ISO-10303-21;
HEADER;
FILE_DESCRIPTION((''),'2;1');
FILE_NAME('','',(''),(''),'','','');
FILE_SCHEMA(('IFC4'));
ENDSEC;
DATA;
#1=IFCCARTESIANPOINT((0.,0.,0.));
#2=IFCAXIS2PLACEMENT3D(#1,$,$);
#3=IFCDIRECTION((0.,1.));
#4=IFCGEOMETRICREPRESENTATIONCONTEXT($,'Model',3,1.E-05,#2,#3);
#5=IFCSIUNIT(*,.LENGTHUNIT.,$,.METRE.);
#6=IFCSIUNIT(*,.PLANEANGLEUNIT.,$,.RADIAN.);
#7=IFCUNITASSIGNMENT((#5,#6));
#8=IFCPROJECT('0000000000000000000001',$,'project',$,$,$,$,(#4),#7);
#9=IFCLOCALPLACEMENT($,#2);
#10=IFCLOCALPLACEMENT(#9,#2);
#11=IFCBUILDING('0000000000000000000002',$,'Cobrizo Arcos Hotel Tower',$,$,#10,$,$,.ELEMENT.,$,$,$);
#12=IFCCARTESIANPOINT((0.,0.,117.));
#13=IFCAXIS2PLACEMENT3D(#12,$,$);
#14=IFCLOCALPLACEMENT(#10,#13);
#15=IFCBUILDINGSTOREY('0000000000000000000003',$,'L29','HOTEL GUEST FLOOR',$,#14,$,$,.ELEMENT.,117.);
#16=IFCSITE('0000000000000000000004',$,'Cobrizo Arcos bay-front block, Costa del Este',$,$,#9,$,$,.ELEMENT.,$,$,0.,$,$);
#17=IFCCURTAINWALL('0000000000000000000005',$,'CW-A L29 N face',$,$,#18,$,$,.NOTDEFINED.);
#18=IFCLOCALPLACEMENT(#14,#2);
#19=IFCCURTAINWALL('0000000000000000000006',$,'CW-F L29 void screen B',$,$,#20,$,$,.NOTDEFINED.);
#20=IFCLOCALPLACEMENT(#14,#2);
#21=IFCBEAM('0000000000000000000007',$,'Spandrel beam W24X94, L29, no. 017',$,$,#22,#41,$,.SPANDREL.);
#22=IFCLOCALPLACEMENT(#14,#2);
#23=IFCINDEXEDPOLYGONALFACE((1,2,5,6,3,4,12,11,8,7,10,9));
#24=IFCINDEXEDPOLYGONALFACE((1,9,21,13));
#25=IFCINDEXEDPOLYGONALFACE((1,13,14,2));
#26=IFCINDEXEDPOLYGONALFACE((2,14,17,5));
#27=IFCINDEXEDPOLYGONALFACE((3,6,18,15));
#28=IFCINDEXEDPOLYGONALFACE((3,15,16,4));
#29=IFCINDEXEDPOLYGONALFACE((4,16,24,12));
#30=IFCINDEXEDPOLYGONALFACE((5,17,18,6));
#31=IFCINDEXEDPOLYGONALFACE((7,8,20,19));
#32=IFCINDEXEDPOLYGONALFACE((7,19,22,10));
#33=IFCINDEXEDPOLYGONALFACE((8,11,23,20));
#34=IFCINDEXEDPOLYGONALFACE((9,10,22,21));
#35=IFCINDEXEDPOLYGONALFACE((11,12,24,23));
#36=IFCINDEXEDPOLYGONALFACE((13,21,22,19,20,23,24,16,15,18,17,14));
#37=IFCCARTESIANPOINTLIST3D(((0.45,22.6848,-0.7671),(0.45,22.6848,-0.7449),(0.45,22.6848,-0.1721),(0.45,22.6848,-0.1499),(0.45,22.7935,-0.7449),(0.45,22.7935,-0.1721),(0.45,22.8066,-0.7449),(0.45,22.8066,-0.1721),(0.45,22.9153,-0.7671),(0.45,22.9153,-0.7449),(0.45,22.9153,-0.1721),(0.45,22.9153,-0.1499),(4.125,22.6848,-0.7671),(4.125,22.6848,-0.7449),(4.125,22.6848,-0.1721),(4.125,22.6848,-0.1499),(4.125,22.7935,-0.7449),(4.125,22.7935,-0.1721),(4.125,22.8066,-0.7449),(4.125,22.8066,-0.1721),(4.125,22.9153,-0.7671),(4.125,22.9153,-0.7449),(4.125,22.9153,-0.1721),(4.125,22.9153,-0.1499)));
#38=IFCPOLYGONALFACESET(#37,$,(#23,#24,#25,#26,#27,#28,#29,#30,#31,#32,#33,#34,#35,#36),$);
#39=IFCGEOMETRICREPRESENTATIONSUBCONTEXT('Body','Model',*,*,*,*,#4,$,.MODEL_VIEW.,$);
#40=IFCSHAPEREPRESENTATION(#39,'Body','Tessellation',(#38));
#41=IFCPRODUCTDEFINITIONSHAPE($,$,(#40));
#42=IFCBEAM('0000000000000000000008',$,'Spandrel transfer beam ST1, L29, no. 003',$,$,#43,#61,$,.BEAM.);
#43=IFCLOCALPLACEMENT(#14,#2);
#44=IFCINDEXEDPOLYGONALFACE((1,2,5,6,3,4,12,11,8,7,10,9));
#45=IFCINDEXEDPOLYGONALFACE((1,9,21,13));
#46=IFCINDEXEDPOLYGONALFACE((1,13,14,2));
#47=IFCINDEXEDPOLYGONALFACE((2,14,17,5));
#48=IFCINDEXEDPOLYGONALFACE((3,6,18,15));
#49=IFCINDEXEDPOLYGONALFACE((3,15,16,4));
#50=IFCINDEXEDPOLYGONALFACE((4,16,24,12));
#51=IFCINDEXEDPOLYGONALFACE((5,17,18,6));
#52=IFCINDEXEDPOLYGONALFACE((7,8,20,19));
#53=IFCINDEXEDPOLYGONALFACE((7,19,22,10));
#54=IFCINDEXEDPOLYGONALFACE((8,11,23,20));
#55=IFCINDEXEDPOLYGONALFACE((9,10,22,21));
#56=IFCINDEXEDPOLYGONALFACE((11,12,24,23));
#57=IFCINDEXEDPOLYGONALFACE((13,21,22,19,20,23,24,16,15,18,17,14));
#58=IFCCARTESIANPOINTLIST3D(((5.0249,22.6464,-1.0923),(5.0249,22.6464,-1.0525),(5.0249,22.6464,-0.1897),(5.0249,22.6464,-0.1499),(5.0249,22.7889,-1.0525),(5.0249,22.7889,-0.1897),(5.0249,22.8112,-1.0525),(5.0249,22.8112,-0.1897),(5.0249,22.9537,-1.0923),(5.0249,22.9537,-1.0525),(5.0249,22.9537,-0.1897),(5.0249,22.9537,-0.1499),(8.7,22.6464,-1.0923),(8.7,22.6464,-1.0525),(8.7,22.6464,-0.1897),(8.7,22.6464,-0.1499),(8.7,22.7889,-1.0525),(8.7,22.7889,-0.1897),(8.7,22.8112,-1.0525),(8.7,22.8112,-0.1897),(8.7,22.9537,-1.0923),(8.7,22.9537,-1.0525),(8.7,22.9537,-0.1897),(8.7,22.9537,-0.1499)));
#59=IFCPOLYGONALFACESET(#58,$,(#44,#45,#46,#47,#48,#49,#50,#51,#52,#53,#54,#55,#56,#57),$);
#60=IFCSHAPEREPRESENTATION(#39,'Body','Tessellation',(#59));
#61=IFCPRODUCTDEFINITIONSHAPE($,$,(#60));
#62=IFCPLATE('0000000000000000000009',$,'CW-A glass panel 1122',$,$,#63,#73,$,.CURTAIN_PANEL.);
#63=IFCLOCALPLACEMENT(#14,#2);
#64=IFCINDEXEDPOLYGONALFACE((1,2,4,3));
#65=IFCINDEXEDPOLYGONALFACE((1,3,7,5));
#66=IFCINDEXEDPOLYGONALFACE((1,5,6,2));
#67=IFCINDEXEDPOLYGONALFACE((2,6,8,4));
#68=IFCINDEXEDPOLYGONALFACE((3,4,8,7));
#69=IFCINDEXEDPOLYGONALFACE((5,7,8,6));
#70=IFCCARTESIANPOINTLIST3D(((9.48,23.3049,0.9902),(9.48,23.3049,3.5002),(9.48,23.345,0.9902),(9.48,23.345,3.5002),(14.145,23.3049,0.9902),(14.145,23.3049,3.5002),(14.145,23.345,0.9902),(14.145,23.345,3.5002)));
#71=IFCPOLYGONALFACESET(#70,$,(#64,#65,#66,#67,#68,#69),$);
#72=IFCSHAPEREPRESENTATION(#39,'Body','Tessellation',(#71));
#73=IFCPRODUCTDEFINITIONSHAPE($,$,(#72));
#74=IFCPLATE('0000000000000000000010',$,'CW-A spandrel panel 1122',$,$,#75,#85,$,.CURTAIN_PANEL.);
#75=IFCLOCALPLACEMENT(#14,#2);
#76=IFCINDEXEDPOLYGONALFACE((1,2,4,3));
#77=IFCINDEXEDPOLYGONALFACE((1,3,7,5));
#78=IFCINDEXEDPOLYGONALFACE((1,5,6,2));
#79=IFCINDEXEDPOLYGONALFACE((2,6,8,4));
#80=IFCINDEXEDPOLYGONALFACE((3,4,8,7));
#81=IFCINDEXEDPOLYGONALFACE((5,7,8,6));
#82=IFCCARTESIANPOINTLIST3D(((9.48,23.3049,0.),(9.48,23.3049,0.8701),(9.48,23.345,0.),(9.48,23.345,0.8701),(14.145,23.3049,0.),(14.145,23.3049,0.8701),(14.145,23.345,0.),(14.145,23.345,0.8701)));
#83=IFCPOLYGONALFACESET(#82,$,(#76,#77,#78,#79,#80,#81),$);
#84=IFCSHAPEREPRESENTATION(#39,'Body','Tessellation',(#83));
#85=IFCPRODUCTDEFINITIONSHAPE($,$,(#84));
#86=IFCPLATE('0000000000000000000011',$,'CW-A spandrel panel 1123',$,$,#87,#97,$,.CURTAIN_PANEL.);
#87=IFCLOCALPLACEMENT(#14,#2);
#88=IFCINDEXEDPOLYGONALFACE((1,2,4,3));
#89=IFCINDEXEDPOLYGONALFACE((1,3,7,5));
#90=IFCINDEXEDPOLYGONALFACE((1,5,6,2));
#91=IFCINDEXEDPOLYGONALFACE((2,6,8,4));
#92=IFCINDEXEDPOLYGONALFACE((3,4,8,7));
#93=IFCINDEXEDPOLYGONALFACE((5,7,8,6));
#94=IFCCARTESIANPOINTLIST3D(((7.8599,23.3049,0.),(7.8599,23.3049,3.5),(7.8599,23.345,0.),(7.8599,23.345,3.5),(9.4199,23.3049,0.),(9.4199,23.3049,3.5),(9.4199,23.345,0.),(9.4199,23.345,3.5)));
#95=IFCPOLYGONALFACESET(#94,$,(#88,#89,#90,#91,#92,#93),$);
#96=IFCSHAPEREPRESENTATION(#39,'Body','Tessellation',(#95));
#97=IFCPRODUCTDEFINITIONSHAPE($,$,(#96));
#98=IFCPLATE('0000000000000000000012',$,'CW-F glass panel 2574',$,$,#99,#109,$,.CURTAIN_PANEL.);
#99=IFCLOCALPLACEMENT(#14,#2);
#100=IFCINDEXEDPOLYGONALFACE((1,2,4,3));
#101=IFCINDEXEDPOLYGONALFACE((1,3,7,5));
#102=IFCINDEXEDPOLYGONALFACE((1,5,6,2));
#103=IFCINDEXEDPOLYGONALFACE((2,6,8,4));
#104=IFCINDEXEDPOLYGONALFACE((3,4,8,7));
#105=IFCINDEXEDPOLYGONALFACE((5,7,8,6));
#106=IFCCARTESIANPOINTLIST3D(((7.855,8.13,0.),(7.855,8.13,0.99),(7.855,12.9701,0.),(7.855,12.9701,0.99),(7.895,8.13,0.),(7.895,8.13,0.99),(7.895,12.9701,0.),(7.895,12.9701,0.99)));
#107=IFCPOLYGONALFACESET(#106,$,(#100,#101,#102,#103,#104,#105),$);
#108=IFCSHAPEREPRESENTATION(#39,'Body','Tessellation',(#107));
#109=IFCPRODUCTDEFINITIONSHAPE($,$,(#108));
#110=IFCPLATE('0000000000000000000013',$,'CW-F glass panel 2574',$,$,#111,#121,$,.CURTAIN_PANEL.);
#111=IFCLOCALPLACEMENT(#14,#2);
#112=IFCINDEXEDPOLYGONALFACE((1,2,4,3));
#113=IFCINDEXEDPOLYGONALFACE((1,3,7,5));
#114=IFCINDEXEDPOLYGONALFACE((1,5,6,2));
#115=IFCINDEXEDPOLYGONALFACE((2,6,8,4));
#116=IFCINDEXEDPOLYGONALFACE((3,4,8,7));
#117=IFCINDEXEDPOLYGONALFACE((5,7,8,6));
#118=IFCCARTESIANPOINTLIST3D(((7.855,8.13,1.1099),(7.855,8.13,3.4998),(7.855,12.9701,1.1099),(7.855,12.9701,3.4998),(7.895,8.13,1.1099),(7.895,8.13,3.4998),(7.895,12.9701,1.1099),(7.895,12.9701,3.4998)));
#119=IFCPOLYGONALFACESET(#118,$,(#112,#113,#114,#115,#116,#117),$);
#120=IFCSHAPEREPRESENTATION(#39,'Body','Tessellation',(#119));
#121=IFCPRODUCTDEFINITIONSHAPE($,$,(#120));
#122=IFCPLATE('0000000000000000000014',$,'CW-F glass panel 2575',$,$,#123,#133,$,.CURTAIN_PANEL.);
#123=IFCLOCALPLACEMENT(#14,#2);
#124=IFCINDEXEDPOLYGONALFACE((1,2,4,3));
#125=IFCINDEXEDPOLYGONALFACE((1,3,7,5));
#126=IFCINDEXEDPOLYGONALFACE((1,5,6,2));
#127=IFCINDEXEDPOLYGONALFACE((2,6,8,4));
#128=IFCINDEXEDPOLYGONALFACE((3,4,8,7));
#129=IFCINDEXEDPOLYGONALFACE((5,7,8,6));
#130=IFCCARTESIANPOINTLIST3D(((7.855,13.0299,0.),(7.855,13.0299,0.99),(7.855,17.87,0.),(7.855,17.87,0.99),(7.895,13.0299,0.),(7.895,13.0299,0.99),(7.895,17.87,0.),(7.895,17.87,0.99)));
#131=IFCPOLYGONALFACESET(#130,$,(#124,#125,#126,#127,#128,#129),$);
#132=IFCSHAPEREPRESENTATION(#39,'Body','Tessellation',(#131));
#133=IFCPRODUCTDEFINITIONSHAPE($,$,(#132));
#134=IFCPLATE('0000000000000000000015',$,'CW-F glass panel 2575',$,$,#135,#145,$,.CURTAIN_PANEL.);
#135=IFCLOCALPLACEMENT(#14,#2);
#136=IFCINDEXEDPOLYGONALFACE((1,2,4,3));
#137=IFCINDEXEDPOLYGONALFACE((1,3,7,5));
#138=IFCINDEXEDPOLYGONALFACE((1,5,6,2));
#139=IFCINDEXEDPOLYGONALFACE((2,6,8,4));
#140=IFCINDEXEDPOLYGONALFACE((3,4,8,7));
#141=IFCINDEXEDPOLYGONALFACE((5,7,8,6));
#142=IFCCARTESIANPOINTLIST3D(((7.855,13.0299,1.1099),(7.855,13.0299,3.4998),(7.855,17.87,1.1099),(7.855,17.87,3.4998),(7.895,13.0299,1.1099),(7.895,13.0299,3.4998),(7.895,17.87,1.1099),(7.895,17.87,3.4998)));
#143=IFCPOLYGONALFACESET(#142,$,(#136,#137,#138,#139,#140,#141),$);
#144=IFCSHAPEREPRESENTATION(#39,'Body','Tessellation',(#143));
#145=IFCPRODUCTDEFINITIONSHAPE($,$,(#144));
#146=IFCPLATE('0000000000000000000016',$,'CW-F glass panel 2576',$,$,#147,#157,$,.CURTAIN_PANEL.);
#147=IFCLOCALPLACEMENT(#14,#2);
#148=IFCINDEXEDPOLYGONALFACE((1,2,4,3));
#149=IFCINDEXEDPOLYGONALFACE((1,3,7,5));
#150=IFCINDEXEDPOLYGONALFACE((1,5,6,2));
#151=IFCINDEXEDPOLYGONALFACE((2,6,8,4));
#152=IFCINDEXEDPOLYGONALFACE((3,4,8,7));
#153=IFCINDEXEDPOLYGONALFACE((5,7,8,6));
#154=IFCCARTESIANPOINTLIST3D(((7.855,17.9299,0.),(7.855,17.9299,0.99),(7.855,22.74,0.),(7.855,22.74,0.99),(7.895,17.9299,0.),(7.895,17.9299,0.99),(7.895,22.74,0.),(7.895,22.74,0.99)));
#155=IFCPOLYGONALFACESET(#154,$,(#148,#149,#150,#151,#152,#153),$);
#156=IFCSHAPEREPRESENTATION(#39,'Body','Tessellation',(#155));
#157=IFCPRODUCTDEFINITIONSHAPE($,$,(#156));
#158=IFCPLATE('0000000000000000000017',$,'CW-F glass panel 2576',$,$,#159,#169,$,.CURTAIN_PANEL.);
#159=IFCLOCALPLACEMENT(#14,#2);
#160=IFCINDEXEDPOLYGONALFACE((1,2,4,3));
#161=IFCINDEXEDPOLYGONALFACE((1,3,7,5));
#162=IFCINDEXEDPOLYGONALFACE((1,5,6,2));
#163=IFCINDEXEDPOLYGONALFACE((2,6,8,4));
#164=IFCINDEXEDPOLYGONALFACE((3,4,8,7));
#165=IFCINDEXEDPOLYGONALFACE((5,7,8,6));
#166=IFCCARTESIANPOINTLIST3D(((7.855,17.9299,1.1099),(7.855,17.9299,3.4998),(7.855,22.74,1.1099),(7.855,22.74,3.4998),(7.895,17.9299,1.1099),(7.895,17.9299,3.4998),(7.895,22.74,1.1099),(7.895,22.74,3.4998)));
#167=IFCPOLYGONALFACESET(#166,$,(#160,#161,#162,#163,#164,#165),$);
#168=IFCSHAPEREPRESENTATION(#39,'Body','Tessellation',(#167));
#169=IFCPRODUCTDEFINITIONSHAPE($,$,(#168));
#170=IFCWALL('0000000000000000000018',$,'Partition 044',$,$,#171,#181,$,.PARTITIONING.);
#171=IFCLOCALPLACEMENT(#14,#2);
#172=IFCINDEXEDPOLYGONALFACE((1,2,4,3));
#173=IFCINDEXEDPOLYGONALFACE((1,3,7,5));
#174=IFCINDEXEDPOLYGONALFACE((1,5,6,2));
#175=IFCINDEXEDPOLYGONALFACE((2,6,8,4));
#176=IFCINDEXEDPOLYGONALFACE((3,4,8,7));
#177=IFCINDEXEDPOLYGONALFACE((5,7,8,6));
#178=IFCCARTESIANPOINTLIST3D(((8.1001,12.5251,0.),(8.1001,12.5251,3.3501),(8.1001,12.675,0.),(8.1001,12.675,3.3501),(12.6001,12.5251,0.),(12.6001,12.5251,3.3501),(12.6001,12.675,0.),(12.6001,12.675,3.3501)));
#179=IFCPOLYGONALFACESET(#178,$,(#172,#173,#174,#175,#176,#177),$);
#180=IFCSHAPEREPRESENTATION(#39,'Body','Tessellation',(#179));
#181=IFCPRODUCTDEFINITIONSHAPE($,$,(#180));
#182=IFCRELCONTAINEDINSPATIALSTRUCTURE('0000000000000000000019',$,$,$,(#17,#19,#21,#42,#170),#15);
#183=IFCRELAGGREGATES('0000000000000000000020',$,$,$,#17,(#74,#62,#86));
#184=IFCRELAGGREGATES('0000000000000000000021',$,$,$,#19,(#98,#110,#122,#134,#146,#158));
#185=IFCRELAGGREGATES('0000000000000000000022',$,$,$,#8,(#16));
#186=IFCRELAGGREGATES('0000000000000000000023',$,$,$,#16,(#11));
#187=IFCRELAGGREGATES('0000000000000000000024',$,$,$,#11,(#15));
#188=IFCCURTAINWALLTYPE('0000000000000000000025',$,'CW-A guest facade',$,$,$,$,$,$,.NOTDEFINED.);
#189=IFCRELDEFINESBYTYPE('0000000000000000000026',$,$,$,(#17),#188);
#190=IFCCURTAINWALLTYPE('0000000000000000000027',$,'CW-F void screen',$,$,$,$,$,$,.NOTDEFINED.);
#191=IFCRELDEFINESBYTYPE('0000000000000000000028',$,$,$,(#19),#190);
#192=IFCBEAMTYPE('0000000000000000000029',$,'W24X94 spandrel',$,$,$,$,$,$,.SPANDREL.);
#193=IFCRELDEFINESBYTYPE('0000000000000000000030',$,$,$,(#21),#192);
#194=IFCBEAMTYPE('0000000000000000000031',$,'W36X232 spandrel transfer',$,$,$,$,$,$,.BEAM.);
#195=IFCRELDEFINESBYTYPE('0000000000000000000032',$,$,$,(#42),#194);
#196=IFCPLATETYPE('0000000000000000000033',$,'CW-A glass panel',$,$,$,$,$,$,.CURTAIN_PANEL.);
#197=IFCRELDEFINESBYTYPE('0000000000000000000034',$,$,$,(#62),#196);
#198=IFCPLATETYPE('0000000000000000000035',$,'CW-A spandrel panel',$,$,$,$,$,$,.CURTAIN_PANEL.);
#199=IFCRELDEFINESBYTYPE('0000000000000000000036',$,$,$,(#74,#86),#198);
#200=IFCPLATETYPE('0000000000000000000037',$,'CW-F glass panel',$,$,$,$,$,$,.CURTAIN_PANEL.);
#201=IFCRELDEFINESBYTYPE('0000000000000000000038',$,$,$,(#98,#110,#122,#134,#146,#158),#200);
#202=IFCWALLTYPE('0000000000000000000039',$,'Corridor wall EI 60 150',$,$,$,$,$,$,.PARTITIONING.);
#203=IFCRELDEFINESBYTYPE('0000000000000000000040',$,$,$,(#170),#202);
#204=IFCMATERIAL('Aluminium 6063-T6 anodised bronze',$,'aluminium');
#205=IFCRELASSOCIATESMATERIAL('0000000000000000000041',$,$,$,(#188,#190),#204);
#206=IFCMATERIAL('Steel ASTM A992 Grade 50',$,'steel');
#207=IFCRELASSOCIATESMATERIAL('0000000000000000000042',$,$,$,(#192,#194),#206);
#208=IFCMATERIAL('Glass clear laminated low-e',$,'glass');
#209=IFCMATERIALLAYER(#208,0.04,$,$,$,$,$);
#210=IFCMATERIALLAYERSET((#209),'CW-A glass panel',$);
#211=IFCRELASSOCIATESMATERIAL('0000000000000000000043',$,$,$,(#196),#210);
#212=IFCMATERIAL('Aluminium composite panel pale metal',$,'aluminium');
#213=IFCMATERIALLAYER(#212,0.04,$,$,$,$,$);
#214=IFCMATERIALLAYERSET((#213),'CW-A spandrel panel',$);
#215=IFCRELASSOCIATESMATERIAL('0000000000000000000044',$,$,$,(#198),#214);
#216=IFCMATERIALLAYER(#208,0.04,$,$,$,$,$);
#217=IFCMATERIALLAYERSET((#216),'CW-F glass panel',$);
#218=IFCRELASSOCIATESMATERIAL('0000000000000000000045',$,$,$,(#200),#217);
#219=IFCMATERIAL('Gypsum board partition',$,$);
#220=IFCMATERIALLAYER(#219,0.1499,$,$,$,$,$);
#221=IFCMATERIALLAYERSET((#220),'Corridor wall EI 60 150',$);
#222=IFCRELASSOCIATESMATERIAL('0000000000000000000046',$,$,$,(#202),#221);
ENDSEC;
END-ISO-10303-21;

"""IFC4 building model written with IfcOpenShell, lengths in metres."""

from ifc_helpers import new_model, si_unit, direction, frame, frame_2d, origin, origin_2d, place, context, subcontext, project, spatial, rectangle, i_section, extrude, material, layer, layer_set, material_profile, profile_set, type_object, element, aggregate, save


model = new_model("IFC4")

# Units and contexts
model_context = context("Model", 3, precision=1e-05, world=origin(), true_north=direction((0.0, 1.0)))
body_context = subcontext(model_context, "Body", "Model", "MODEL_VIEW")
ifc_project = project(units=[si_unit("LENGTHUNIT", "METRE"), si_unit("PLANEANGLEUNIT", "RADIAN")], contexts=[model_context])

# Site, building, storey
site_placement = place(None, origin())
site = spatial("IfcSite", under=ifc_project, at=site_placement, Name="Cobrizo Arcos bay-front block, Costa del Este", CompositionType="ELEMENT", RefElevation=0.0)
building_placement = place(site_placement, origin())
building = spatial("IfcBuilding", under=site, at=building_placement, Name="Cobrizo Arcos Hotel Tower", CompositionType="ELEMENT")
storey_placement = place(building_placement, frame((0.0, 0.0, 117.0)))
storey = spatial("IfcBuildingStorey", under=building, at=storey_placement, Name="L29", Description="HOTEL GUEST FLOOR", CompositionType="ELEMENT", Elevation=117.0)

# Curtain walls
ifc_material_1 = material(Name="Aluminium 6063-T6 anodised bronze", Category="aluminium")
curtain_wall_type_1 = type_object("IfcCurtainWallType", Name="CW-A guest facade", PredefinedType="NOTDEFINED", material=ifc_material_1)
curtain_wall_1_placement = place(storey_placement, origin())
curtain_wall_1 = element("IfcCurtainWall", 1, at=curtain_wall_1_placement, inside=storey, type_object=curtain_wall_type_1, Name="CW-A L29 N face", PredefinedType="NOTDEFINED")
curtain_wall_type_2 = type_object("IfcCurtainWallType", Name="CW-F void screen", PredefinedType="NOTDEFINED", material=ifc_material_1)
curtain_wall_2_placement = place(storey_placement, origin())
curtain_wall_2 = element("IfcCurtainWall", 2, at=curtain_wall_2_placement, inside=storey, type_object=curtain_wall_type_2, Name="CW-F L29 void screen B", PredefinedType="NOTDEFINED")

# Beams
ifc_material_2 = material(Name="Steel ASTM A992 Grade 50", Category="steel")
ifc_material_profile_1 = material_profile(ifc_material_2, i_section(OverallWidth=0.2305, OverallDepth=0.6172, WebThickness=0.0132, FlangeThickness=0.0222, at=origin_2d()), Name="W24X94")
ifc_profile_set_1 = profile_set([ifc_material_profile_1], Name="Steel ASTM A992 Grade 50")
beam_type_1 = type_object("IfcBeamType", Name="W24X94 spandrel", PredefinedType="SPANDREL", material=ifc_profile_set_1)
beam_1_placement = place(storey_placement, frame((4.125, 22.8, -0.4585), z_axis=(-1.0, 0.0, 0.0), x_axis=(0.0, -1.0, 0.0)))
element("IfcBeam", 3, at=beam_1_placement, inside=storey, type_object=beam_type_1, Name="Spandrel beam W24X94, L29, no. 017", PredefinedType="SPANDREL", context=body_context, shape_type="SweptSolid", body=[
    extrude(i_section(OverallWidth=0.2305, OverallDepth=0.6172, WebThickness=0.0132, FlangeThickness=0.0222, at=origin_2d()), origin(), (0.0, 0.0, 1.0), 3.675),
])
ifc_material_profile_2 = material_profile(ifc_material_2, i_section(OverallWidth=0.3074, OverallDepth=0.9424, WebThickness=0.0222, FlangeThickness=0.0398, at=origin_2d()), Name="W36X232")
ifc_profile_set_2 = profile_set([ifc_material_profile_2], Name="Steel ASTM A992 Grade 50")
beam_type_2 = type_object("IfcBeamType", Name="W36X232 spandrel transfer", PredefinedType="BEAM", material=ifc_profile_set_2)
beam_2_placement = place(storey_placement, frame((8.7, 22.8, -0.6211), z_axis=(-1.0, 0.0, 0.0), x_axis=(0.0, -1.0, 0.0)))
element("IfcBeam", 4, at=beam_2_placement, inside=storey, type_object=beam_type_2, Name="Spandrel transfer beam ST1, L29, no. 003", PredefinedType="BEAM", context=body_context, shape_type="SweptSolid", body=[
    extrude(i_section(OverallWidth=0.3074, OverallDepth=0.9424, WebThickness=0.0222, FlangeThickness=0.0398, at=origin_2d()), origin(), (0.0, 0.0, 1.0), 3.675),
])

# Plates
ifc_material_3 = material(Name="Glass clear laminated low-e", Category="glass")
ifc_layer_1 = layer(ifc_material_3, 0.04)
ifc_layer_set_1 = layer_set([ifc_layer_1], Name="CW-A glass panel")
plate_type_1 = type_object("IfcPlateType", Name="CW-A glass panel", PredefinedType="CURTAIN_PANEL", material=ifc_layer_set_1)
plate_1_placement = place(storey_placement, frame((11.8125, 23.325, 0.9902), z_axis=(0.0, 0.0, 1.0), x_axis=(-1.0, 0.0, 0.0)))
plate_1 = element("IfcPlate", 5, at=plate_1_placement, type_object=plate_type_1, Name="CW-A glass panel 1122", PredefinedType="CURTAIN_PANEL", context=body_context, shape_type="SweptSolid", body=[
    extrude(rectangle(XDim=4.665, YDim=0.04, at=origin_2d()), origin(), (0.0, 0.0, 1.0), 2.51),
])
ifc_material_4 = material(Name="Aluminium composite panel pale metal", Category="aluminium")
ifc_layer_2 = layer(ifc_material_4, 0.04)
ifc_layer_set_2 = layer_set([ifc_layer_2], Name="CW-A spandrel panel")
plate_type_2 = type_object("IfcPlateType", Name="CW-A spandrel panel", PredefinedType="CURTAIN_PANEL", material=ifc_layer_set_2)
plate_2_placement = place(storey_placement, frame((11.8125, 23.325, 0.0), z_axis=(0.0, 0.0, 1.0), x_axis=(-1.0, 0.0, 0.0)))
plate_2 = element("IfcPlate", 6, at=plate_2_placement, type_object=plate_type_2, Name="CW-A spandrel panel 1122", PredefinedType="CURTAIN_PANEL", context=body_context, shape_type="SweptSolid", body=[
    extrude(rectangle(XDim=4.665, YDim=0.04, at=origin_2d()), origin(), (0.0, 0.0, 1.0), 0.8701),
])
plate_3_placement = place(storey_placement, frame((8.6399, 23.325, 0.0), z_axis=(0.0, 0.0, 1.0), x_axis=(-1.0, 0.0, 0.0)))
plate_3 = element("IfcPlate", 7, at=plate_3_placement, type_object=plate_type_2, Name="CW-A spandrel panel 1123", PredefinedType="CURTAIN_PANEL", context=body_context, shape_type="SweptSolid", body=[
    extrude(rectangle(XDim=1.5601, YDim=0.04, at=origin_2d()), origin(), (0.0, 0.0, 1.0), 3.5),
])
aggregate(curtain_wall_1, [plate_2, plate_1, plate_3])
ifc_layer_3 = layer(ifc_material_3, 0.04)
ifc_layer_set_3 = layer_set([ifc_layer_3], Name="CW-F glass panel")
plate_type_3 = type_object("IfcPlateType", Name="CW-F glass panel", PredefinedType="CURTAIN_PANEL", material=ifc_layer_set_3)
plate_4_placement = place(storey_placement, frame((7.875, 10.55, 0.0), z_axis=(0.0, 0.0, 1.0), x_axis=(0.0, 1.0, 0.0)))
plate_4 = element("IfcPlate", 8, at=plate_4_placement, type_object=plate_type_3, Name="CW-F glass panel 2574", PredefinedType="CURTAIN_PANEL", context=body_context, shape_type="SweptSolid", body=[
    extrude(rectangle(XDim=4.8401, YDim=0.04, at=origin_2d()), origin(), (0.0, 0.0, 1.0), 0.99),
])
plate_5_placement = place(storey_placement, frame((7.875, 10.55, 1.1099), z_axis=(0.0, 0.0, 1.0), x_axis=(0.0, 1.0, 0.0)))
plate_5 = element("IfcPlate", 9, at=plate_5_placement, type_object=plate_type_3, Name="CW-F glass panel 2574", PredefinedType="CURTAIN_PANEL", context=body_context, shape_type="SweptSolid", body=[
    extrude(rectangle(XDim=4.8401, YDim=0.04, at=origin_2d()), origin(), (0.0, 0.0, 1.0), 2.3899),
])
plate_6_placement = place(storey_placement, frame((7.875, 15.45, 0.0), z_axis=(0.0, 0.0, 1.0), x_axis=(0.0, 1.0, 0.0)))
plate_6 = element("IfcPlate", 10, at=plate_6_placement, type_object=plate_type_3, Name="CW-F glass panel 2575", PredefinedType="CURTAIN_PANEL", context=body_context, shape_type="SweptSolid", body=[
    extrude(rectangle(XDim=4.8401, YDim=0.04, at=origin_2d()), origin(), (0.0, 0.0, 1.0), 0.99),
])
plate_7_placement = place(storey_placement, frame((7.875, 15.45, 1.1099), z_axis=(0.0, 0.0, 1.0), x_axis=(0.0, 1.0, 0.0)))
plate_7 = element("IfcPlate", 11, at=plate_7_placement, type_object=plate_type_3, Name="CW-F glass panel 2575", PredefinedType="CURTAIN_PANEL", context=body_context, shape_type="SweptSolid", body=[
    extrude(rectangle(XDim=4.8401, YDim=0.04, at=origin_2d()), origin(), (0.0, 0.0, 1.0), 2.3899),
])
plate_8_placement = place(storey_placement, frame((7.875, 20.335, 0.0), z_axis=(0.0, 0.0, 1.0), x_axis=(0.0, 1.0, 0.0)))
plate_8 = element("IfcPlate", 12, at=plate_8_placement, type_object=plate_type_3, Name="CW-F glass panel 2576", PredefinedType="CURTAIN_PANEL", context=body_context, shape_type="SweptSolid", body=[
    extrude(rectangle(XDim=4.8101, YDim=0.04, at=origin_2d()), origin(), (0.0, 0.0, 1.0), 0.99),
])
plate_9_placement = place(storey_placement, frame((7.875, 20.335, 1.1099), z_axis=(0.0, 0.0, 1.0), x_axis=(0.0, 1.0, 0.0)))
plate_9 = element("IfcPlate", 13, at=plate_9_placement, type_object=plate_type_3, Name="CW-F glass panel 2576", PredefinedType="CURTAIN_PANEL", context=body_context, shape_type="SweptSolid", body=[
    extrude(rectangle(XDim=4.8101, YDim=0.04, at=origin_2d()), origin(), (0.0, 0.0, 1.0), 2.3899),
])
aggregate(curtain_wall_2, [plate_4, plate_5, plate_6, plate_7, plate_8, plate_9])

# Wall
ifc_material_5 = material(Name="Gypsum board partition")
ifc_layer_4 = layer(ifc_material_5, 0.1499)
ifc_layer_set_4 = layer_set([ifc_layer_4], Name="Corridor wall EI 60 150")
wall_type_1 = type_object("IfcWallType", Name="Corridor wall EI 60 150", PredefinedType="PARTITIONING", material=ifc_layer_set_4)
wall_1_placement = place(storey_placement, frame((8.1001, 12.6001, 0.0), z_axis=(0.0, 0.0, 1.0), x_axis=(1.0, 0.0, 0.0)))
element("IfcWall", 14, at=wall_1_placement, inside=storey, type_object=wall_type_1, Name="Partition 044", PredefinedType="PARTITIONING", context=body_context, shape_type="SweptSolid", body=[
    extrude(rectangle(XDim=4.5, YDim=0.1499, at=frame_2d((2.25, 0.0))), origin(), (0.0, 0.0, 1.0), 3.3501),
])

save(model, "model.ifc")
